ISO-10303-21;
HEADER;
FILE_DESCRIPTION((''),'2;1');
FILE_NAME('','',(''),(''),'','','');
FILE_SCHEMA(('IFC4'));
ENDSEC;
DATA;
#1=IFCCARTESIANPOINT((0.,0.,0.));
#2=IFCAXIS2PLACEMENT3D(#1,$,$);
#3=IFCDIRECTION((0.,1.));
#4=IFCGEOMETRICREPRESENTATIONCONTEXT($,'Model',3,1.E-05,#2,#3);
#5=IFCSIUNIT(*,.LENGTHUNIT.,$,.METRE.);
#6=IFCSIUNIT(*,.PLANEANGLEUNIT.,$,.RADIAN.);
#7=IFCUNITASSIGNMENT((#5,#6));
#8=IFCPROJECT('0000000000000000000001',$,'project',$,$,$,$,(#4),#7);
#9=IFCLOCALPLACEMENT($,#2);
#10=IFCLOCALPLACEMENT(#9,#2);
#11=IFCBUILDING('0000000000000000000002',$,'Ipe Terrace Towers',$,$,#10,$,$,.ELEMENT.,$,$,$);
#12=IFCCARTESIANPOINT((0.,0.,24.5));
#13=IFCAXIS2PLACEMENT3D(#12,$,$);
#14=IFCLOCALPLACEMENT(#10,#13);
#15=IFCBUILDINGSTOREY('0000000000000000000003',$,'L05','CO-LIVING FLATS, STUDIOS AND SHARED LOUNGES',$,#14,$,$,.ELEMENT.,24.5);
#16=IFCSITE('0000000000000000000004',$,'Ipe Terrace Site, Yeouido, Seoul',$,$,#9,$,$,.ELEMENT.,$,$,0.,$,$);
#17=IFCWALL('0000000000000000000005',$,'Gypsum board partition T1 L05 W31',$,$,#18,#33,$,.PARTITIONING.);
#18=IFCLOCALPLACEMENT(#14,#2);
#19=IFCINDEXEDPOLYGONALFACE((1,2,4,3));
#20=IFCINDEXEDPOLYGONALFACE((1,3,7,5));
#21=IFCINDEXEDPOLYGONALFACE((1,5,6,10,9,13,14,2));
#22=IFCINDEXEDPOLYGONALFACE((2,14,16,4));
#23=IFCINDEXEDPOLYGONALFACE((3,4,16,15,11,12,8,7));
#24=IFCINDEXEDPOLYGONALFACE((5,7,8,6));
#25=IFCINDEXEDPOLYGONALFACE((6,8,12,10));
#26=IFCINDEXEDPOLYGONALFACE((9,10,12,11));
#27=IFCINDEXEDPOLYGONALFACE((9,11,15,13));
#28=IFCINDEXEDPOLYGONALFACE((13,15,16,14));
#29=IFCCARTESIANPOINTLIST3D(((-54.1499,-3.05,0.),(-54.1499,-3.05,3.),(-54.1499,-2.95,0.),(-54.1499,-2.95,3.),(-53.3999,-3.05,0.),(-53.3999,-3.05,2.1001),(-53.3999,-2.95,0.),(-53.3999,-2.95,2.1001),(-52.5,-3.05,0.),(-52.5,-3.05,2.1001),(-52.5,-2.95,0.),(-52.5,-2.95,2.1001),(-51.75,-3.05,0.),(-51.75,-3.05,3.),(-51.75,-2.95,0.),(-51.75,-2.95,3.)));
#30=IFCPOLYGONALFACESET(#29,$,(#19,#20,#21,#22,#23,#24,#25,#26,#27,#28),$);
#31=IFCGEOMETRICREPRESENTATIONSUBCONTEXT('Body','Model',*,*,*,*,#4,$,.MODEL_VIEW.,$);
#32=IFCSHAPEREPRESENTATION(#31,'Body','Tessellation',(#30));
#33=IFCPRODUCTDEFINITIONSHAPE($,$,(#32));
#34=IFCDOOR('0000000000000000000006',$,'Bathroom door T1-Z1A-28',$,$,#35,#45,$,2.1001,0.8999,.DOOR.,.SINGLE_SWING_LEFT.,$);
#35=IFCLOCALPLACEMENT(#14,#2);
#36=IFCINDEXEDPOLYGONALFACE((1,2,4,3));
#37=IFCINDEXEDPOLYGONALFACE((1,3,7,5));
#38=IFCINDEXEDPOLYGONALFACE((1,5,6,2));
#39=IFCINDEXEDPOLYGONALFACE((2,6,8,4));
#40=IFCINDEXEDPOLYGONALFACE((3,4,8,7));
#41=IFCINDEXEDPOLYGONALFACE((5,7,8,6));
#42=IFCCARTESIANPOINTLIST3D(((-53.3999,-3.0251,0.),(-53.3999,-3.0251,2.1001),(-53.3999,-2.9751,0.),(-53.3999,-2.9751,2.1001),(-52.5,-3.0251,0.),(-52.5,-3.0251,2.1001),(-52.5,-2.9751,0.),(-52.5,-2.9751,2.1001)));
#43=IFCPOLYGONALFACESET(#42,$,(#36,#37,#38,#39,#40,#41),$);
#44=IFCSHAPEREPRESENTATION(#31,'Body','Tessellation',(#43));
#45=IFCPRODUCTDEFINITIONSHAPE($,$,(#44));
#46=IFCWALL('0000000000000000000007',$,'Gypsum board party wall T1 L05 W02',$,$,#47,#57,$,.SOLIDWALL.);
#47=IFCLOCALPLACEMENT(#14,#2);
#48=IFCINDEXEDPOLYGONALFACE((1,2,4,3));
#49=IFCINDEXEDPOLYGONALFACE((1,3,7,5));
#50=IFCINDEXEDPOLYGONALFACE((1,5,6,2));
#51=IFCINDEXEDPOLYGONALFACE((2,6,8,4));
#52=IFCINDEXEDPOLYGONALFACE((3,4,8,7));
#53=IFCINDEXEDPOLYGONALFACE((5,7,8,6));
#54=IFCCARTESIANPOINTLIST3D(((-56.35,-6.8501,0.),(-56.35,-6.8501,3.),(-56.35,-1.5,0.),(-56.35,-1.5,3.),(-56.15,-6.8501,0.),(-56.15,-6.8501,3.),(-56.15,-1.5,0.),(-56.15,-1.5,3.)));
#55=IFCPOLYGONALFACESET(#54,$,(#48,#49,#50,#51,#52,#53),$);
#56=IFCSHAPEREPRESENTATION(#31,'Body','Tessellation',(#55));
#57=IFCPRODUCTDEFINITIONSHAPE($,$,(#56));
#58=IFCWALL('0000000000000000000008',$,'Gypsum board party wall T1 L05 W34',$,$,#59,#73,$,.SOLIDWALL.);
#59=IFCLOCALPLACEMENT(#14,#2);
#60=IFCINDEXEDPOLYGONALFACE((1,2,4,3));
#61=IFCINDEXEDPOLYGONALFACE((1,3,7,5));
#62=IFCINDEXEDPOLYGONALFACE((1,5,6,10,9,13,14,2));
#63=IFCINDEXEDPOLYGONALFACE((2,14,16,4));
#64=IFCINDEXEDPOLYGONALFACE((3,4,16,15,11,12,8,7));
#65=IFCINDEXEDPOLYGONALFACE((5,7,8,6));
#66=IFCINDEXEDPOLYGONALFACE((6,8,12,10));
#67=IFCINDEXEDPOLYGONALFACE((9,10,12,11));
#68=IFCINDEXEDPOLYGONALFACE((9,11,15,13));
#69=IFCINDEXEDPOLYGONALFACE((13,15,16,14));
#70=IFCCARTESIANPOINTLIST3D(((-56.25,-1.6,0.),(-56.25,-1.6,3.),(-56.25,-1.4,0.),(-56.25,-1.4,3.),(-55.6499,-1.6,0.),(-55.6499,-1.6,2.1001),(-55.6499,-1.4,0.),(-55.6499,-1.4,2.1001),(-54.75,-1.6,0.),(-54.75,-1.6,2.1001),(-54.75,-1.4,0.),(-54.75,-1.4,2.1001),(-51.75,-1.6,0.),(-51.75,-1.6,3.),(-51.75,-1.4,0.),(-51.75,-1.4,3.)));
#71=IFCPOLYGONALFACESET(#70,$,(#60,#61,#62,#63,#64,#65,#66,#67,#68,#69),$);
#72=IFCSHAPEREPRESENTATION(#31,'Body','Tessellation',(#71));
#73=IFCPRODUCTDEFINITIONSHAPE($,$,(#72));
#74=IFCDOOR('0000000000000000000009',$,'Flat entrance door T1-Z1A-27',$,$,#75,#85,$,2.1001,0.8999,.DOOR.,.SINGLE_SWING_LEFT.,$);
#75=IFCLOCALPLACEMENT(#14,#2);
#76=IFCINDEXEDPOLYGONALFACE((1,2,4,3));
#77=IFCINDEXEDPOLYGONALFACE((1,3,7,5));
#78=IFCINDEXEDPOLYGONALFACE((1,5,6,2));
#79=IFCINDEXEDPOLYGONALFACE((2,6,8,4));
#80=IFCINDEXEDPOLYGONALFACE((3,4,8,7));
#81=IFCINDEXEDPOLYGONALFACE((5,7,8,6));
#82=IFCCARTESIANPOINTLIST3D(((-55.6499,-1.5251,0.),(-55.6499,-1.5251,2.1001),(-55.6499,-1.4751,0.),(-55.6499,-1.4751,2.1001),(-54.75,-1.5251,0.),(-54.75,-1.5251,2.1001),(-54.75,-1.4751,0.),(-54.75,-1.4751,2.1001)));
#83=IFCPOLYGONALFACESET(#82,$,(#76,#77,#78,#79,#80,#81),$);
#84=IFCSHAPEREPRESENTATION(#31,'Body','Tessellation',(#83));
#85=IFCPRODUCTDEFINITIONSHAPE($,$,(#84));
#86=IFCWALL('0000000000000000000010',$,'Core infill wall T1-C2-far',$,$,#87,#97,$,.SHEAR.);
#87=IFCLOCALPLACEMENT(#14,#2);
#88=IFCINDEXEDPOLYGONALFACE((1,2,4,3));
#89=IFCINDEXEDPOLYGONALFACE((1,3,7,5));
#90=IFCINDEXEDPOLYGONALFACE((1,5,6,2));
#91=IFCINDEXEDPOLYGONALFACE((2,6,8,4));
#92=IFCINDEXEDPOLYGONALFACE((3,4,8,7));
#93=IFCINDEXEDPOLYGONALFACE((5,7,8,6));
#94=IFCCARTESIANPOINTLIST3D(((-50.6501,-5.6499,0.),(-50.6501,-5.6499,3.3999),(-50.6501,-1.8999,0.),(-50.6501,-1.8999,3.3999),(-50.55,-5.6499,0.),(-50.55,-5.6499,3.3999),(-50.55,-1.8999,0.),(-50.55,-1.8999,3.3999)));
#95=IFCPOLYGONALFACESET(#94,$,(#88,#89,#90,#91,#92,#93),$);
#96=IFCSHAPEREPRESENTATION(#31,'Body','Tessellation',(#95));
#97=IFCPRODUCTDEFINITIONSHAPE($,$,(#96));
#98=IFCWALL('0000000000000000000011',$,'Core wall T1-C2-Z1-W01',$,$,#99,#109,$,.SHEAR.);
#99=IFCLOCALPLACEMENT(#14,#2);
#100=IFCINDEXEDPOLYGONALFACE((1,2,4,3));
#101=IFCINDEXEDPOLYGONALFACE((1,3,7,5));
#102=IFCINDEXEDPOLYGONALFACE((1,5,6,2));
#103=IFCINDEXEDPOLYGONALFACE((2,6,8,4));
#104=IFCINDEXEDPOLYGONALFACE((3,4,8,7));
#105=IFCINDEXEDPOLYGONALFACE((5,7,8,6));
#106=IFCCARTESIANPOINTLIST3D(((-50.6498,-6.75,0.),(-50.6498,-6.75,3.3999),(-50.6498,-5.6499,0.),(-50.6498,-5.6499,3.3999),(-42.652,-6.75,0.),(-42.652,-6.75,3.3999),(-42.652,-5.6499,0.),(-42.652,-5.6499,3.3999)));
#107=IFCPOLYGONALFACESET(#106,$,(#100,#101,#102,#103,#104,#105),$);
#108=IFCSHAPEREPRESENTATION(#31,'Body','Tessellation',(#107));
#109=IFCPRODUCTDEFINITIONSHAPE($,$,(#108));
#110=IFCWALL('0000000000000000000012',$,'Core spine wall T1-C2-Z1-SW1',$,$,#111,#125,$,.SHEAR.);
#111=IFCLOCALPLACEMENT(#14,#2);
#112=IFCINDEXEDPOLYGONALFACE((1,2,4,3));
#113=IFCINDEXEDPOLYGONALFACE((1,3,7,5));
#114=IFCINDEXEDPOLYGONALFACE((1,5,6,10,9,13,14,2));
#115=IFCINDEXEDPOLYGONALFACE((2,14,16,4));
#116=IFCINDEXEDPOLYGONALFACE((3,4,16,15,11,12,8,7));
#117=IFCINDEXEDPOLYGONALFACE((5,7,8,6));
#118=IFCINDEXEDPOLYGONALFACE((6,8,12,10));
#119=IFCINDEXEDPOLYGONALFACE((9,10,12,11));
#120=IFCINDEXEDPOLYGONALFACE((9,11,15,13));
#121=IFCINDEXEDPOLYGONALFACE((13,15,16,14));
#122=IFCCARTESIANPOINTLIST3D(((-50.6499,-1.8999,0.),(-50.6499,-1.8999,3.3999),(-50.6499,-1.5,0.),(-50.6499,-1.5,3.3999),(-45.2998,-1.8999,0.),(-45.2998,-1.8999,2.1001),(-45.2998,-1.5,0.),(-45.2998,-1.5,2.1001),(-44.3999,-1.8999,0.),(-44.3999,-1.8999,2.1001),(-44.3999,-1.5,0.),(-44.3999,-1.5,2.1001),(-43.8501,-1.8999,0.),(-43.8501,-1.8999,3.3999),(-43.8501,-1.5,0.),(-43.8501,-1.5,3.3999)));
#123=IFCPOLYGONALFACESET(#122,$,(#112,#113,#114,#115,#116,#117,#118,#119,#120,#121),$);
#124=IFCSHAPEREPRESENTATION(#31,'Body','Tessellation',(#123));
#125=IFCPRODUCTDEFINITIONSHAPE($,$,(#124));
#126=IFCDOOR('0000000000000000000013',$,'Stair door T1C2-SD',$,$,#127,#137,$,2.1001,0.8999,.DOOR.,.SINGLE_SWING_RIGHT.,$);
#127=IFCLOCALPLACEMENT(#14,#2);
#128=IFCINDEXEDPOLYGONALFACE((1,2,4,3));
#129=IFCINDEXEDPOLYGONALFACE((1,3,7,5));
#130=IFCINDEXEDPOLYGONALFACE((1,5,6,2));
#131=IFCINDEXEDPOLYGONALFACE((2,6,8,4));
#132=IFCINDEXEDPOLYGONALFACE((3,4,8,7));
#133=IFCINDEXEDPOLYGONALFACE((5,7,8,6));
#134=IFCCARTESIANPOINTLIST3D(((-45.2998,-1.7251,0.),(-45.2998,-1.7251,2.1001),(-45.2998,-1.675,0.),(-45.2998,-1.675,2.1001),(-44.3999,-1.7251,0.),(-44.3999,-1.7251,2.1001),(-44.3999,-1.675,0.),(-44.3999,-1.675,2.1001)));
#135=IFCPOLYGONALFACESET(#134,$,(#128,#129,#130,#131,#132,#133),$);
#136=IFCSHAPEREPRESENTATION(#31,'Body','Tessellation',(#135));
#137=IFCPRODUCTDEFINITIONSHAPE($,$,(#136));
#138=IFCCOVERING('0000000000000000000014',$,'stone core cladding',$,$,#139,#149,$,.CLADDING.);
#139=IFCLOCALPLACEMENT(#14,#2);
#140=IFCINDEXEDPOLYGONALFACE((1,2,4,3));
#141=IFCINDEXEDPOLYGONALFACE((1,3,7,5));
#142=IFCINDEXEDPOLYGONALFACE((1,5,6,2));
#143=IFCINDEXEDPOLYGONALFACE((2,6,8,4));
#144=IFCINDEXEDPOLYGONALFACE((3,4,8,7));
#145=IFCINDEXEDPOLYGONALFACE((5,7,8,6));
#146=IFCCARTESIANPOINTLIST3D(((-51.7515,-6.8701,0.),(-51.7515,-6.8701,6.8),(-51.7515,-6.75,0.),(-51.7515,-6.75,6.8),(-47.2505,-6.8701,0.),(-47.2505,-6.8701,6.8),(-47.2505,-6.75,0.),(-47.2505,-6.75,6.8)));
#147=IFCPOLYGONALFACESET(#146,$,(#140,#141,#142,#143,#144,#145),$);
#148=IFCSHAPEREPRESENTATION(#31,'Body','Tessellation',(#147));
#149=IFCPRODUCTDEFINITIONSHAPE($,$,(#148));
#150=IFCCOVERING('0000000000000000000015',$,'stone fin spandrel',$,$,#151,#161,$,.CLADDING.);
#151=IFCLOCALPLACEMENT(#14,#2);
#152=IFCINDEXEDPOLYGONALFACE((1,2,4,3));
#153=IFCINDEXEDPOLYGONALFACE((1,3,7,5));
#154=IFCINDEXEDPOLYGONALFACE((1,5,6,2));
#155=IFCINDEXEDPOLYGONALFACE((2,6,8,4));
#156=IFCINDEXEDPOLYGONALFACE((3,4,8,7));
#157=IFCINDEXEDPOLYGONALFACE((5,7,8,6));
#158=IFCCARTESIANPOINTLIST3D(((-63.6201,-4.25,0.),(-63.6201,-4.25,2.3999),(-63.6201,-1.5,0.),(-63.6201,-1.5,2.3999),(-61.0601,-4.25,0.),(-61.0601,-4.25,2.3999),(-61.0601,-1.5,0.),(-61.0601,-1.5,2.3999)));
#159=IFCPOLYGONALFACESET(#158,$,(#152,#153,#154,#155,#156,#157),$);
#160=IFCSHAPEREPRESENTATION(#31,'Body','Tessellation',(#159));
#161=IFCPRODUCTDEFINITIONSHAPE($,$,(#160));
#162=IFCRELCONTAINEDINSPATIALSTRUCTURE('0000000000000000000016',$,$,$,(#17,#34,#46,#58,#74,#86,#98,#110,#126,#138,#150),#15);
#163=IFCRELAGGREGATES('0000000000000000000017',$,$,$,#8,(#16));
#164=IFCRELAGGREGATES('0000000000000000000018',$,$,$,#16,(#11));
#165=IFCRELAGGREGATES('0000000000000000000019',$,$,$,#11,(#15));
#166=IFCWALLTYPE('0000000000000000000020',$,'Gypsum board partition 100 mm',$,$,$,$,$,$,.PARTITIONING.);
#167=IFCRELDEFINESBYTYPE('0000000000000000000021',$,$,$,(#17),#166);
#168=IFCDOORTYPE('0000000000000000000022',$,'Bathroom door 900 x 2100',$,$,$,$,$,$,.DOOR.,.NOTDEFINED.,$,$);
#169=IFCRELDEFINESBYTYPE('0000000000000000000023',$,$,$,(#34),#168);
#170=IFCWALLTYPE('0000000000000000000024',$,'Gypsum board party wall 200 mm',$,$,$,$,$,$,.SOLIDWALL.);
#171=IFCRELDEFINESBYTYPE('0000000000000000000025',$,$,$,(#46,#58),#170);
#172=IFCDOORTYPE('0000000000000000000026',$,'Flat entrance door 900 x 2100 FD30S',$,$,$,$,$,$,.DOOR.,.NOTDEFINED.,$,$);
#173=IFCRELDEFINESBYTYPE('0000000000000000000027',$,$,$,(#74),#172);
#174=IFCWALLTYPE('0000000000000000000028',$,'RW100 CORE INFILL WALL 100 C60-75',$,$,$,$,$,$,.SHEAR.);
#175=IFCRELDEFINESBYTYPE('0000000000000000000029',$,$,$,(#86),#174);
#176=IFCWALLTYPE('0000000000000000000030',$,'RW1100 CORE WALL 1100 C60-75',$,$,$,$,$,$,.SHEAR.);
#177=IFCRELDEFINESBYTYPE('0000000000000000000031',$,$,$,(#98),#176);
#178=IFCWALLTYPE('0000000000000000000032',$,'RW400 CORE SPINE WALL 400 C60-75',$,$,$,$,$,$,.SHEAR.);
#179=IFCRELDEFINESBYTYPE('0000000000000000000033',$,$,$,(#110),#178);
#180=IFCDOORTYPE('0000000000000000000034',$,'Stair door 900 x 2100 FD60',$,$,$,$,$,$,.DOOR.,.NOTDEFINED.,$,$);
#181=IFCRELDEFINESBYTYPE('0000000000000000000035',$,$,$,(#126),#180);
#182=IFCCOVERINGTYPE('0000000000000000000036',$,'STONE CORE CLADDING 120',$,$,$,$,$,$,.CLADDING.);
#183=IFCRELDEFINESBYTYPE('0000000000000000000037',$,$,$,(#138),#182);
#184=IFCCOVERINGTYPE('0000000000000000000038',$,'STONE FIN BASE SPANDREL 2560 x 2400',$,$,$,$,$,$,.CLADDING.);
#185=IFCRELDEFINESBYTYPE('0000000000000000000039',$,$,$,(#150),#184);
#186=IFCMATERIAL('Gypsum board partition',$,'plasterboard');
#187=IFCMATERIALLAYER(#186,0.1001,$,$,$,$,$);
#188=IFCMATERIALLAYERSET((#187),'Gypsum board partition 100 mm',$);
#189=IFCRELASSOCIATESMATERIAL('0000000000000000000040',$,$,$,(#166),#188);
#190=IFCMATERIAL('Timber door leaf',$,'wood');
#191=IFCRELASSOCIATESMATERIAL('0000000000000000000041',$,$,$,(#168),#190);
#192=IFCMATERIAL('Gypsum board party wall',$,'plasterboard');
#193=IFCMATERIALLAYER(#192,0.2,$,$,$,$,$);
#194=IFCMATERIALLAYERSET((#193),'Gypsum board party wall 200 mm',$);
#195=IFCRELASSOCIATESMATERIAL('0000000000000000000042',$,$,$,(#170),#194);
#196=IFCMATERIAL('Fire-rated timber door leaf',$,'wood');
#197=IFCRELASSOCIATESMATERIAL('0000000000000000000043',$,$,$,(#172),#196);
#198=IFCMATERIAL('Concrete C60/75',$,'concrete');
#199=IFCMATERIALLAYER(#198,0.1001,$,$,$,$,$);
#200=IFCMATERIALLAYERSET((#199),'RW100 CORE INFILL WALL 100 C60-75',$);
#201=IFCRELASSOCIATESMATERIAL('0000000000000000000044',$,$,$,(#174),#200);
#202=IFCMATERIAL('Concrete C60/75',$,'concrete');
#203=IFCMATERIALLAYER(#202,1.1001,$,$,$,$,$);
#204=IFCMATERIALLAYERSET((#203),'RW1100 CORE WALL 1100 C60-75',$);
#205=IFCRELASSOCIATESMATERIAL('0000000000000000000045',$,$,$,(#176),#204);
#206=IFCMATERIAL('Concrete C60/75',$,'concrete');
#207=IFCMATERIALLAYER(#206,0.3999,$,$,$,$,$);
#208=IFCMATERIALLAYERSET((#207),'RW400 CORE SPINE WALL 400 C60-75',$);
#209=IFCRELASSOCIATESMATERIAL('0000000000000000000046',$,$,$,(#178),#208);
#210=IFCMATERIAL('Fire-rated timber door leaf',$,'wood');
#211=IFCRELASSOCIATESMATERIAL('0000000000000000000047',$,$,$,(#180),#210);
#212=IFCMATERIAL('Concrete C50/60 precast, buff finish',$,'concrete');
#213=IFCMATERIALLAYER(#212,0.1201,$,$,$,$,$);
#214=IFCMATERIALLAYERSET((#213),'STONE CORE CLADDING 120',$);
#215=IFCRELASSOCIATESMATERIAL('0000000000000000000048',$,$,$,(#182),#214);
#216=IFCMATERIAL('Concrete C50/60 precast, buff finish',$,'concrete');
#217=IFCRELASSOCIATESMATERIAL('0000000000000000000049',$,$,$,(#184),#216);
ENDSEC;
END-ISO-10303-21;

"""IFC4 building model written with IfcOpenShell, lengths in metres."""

from ifc_helpers import new_model, si_unit, direction, frame, frame_2d, origin, origin_2d, place, context, subcontext, project, spatial, rectangle, extrude, material, layer, layer_set, material_profile, profile_set, type_object, element, fill, save


model = new_model("IFC4")

# Units and contexts
model_context = context("Model", 3, precision=1e-05, world=origin(), true_north=direction((0.0, 1.0)))
body_context = subcontext(model_context, "Body", "Model", "MODEL_VIEW")
ifc_project = project(units=[si_unit("LENGTHUNIT", "METRE"), si_unit("PLANEANGLEUNIT", "RADIAN")], contexts=[model_context])

# Site, building, storey
site_placement = place(None, origin())
site = spatial("IfcSite", under=ifc_project, at=site_placement, Name="Ipe Terrace Site, Yeouido, Seoul", CompositionType="ELEMENT", RefElevation=0.0)
building_placement = place(site_placement, origin())
building = spatial("IfcBuilding", under=site, at=building_placement, Name="Ipe Terrace Towers", CompositionType="ELEMENT")
storey_placement = place(building_placement, frame((0.0, 0.0, 24.5)))
storey = spatial("IfcBuildingStorey", under=building, at=storey_placement, Name="L05", Description="CO-LIVING FLATS, STUDIOS AND SHARED LOUNGES", CompositionType="ELEMENT", Elevation=24.5)

# Shared definitions
ifc_material_1 = material(Name="Gypsum board partition", Category="plasterboard")
ifc_layer_1 = layer(ifc_material_1, 0.1001)
ifc_layer_set_1 = layer_set([ifc_layer_1], Name="Gypsum board partition 100 mm")
wall_type_1 = type_object("IfcWallType", Name="Gypsum board partition 100 mm", PredefinedType="PARTITIONING", material=ifc_layer_set_1)

# Wall, opening, door
wall_1_placement = place(storey_placement, frame((-54.1499, -3.0, 0.0), z_axis=(0.0, 0.0, 1.0), x_axis=(1.0, 0.0, 0.0)))
wall_1 = element("IfcWall", 1, at=wall_1_placement, inside=storey, type_object=wall_type_1, Name="Gypsum board partition T1 L05 W31", PredefinedType="PARTITIONING", context=body_context, shape_type="SweptSolid", body=[
    extrude(rectangle(XDim=2.3999, YDim=0.1001, at=frame_2d((1.2, 0.0))), origin(), (0.0, 0.0, 1.0), 3.0),
])
opening_1_placement = place(wall_1_placement, frame((0.75, 0.0, 0.0)))
opening_1 = element("IfcOpeningElement", 2, at=opening_1_placement, cuts=wall_1, PredefinedType="OPENING", context=body_context, shape_type="SweptSolid", body=[
    extrude(rectangle(XDim=0.8999, YDim=2.1001, at=frame_2d((0.45, 1.05))), frame((0.0, 0.0601, 0.0), z_axis=(0.0, -1.0, 0.0), x_axis=(1.0, 0.0, 0.0)), (0.0, 0.0, 1.0), 0.1201),
])
ifc_material_2 = material(Name="Timber door leaf", Category="wood")
door_type_1 = type_object("IfcDoorType", Name="Bathroom door 900 x 2100", OperationType="NOTDEFINED", PredefinedType="DOOR", material=ifc_material_2)
door_1_placement = place(opening_1_placement, origin())
door_1 = element("IfcDoor", 3, at=door_1_placement, inside=storey, type_object=door_type_1, Name="Bathroom door T1-Z1A-28", OperationType="SINGLE_SWING_LEFT", OverallHeight=2.1001, OverallWidth=0.8999, PredefinedType="DOOR", context=body_context, shape_type="SweptSolid", body=[
    extrude(rectangle(XDim=0.8999, YDim=2.1001, at=frame_2d((0.45, 1.05))), frame((0.0, 0.0249, 0.0), z_axis=(0.0, -1.0, 0.0), x_axis=(1.0, 0.0, 0.0)), (0.0, 0.0, 1.0), 0.05),
])
fill(opening_1, door_1)

# Wall
ifc_material_3 = material(Name="Gypsum board party wall", Category="plasterboard")
ifc_layer_2 = layer(ifc_material_3, 0.2)
ifc_layer_set_2 = layer_set([ifc_layer_2], Name="Gypsum board party wall 200 mm")
wall_type_2 = type_object("IfcWallType", Name="Gypsum board party wall 200 mm", PredefinedType="SOLIDWALL", material=ifc_layer_set_2)
wall_2_placement = place(storey_placement, frame((-56.25, -6.8501, 0.0), z_axis=(0.0, 0.0, 1.0), x_axis=(0.0, 1.0, 0.0)))
element("IfcWall", 4, at=wall_2_placement, inside=storey, type_object=wall_type_2, Name="Gypsum board party wall T1 L05 W02", PredefinedType="SOLIDWALL", context=body_context, shape_type="SweptSolid", body=[
    extrude(rectangle(XDim=5.3501, YDim=0.2, at=frame_2d((2.675, 0.0))), origin(), (0.0, 0.0, 1.0), 3.0),
])

# Wall, opening, door
wall_3_placement = place(storey_placement, frame((-56.25, -1.5, 0.0), z_axis=(0.0, 0.0, 1.0), x_axis=(1.0, 0.0, 0.0)))
wall_3 = element("IfcWall", 5, at=wall_3_placement, inside=storey, type_object=wall_type_2, Name="Gypsum board party wall T1 L05 W34", PredefinedType="SOLIDWALL", context=body_context, shape_type="SweptSolid", body=[
    extrude(rectangle(XDim=4.5, YDim=0.2, at=frame_2d((2.25, 0.0))), origin(), (0.0, 0.0, 1.0), 3.0),
])
opening_2_placement = place(wall_3_placement, frame((0.6001, 0.0, 0.0)))
opening_2 = element("IfcOpeningElement", 6, at=opening_2_placement, cuts=wall_3, PredefinedType="OPENING", context=body_context, shape_type="SweptSolid", body=[
    extrude(rectangle(XDim=0.8999, YDim=2.1001, at=frame_2d((0.45, 1.05))), frame((0.0, 0.1099, 0.0), z_axis=(0.0, -1.0, 0.0), x_axis=(1.0, 0.0, 0.0)), (0.0, 0.0, 1.0), 0.22),
])
ifc_material_4 = material(Name="Fire-rated timber door leaf", Category="wood")
door_type_2 = type_object("IfcDoorType", Name="Flat entrance door 900 x 2100 FD30S", OperationType="NOTDEFINED", PredefinedType="DOOR", material=ifc_material_4)
door_2_placement = place(opening_2_placement, origin())
door_2 = element("IfcDoor", 7, at=door_2_placement, inside=storey, type_object=door_type_2, Name="Flat entrance door T1-Z1A-27", OperationType="SINGLE_SWING_LEFT", OverallHeight=2.1001, OverallWidth=0.8999, PredefinedType="DOOR", context=body_context, shape_type="SweptSolid", body=[
    extrude(rectangle(XDim=0.8999, YDim=2.1001, at=frame_2d((0.45, 1.05))), frame((0.0, 0.0249, 0.0), z_axis=(0.0, -1.0, 0.0), x_axis=(1.0, 0.0, 0.0)), (0.0, 0.0, 1.0), 0.05),
])
fill(opening_2, door_2)

# Walls
ifc_material_5 = material(Name="Concrete C60/75", Category="concrete")
ifc_layer_3 = layer(ifc_material_5, 0.1001)
ifc_layer_set_3 = layer_set([ifc_layer_3], Name="RW100 CORE INFILL WALL 100 C60-75")
wall_type_3 = type_object("IfcWallType", Name="RW100 CORE INFILL WALL 100 C60-75", PredefinedType="SHEAR", material=ifc_layer_set_3)
wall_4_placement = place(storey_placement, frame((-50.6001, -1.8999, 0.0), z_axis=(0.0, 0.0, 1.0), x_axis=(0.0, -1.0, 0.0)))
element("IfcWall", 8, at=wall_4_placement, inside=storey, type_object=wall_type_3, Name="Core infill wall T1-C2-far", PredefinedType="SHEAR", context=body_context, shape_type="SweptSolid", body=[
    extrude(rectangle(XDim=3.75, YDim=0.1001, at=frame_2d((1.875, 0.0))), origin(), (0.0, 0.0, 1.0), 3.3999),
])
ifc_material_6 = material(Name="Concrete C60/75", Category="concrete")
ifc_layer_4 = layer(ifc_material_6, 1.1001)
ifc_layer_set_4 = layer_set([ifc_layer_4], Name="RW1100 CORE WALL 1100 C60-75")
wall_type_4 = type_object("IfcWallType", Name="RW1100 CORE WALL 1100 C60-75", PredefinedType="SHEAR", material=ifc_layer_set_4)
wall_5_placement = place(storey_placement, frame((-50.6499, -6.2, 0.0), z_axis=(0.0, 0.0, 1.0), x_axis=(1.0, 0.0, 0.0)))
element("IfcWall", 9, at=wall_5_placement, inside=storey, type_object=wall_type_4, Name="Core wall T1-C2-Z1-W01", PredefinedType="SHEAR", context=body_context, shape_type="SweptSolid", body=[
    extrude(rectangle(XDim=7.9978, YDim=1.1001, at=frame_2d((3.999, 0.0))), origin(), (0.0, 0.0, 1.0), 3.3999),
])

# Wall, opening, door
ifc_material_7 = material(Name="Concrete C60/75", Category="concrete")
ifc_layer_5 = layer(ifc_material_7, 0.3999)
ifc_layer_set_5 = layer_set([ifc_layer_5], Name="RW400 CORE SPINE WALL 400 C60-75")
wall_type_5 = type_object("IfcWallType", Name="RW400 CORE SPINE WALL 400 C60-75", PredefinedType="SHEAR", material=ifc_layer_set_5)
wall_6_placement = place(storey_placement, frame((-50.6499, -1.7, 0.0), z_axis=(0.0, 0.0, 1.0), x_axis=(1.0, 0.0, 0.0)))
wall_6 = element("IfcWall", 10, at=wall_6_placement, inside=storey, type_object=wall_type_5, Name="Core spine wall T1-C2-Z1-SW1", PredefinedType="SHEAR", context=body_context, shape_type="SweptSolid", body=[
    extrude(rectangle(XDim=6.7998, YDim=0.3999, at=frame_2d((3.3999, 0.0))), origin(), (0.0, 0.0, 1.0), 3.3999),
])
opening_3_placement = place(wall_6_placement, frame((5.3501, 0.0, 0.0)))
opening_3 = element("IfcOpeningElement", 11, at=opening_3_placement, cuts=wall_6, PredefinedType="OPENING", context=body_context, shape_type="SweptSolid", body=[
    extrude(rectangle(XDim=0.8999, YDim=2.1001, at=frame_2d((0.45, 1.05))), frame((0.0, 0.21, 0.0), z_axis=(0.0, -1.0, 0.0), x_axis=(1.0, 0.0, 0.0)), (0.0, 0.0, 1.0), 0.4199),
])
ifc_material_8 = material(Name="Fire-rated timber door leaf", Category="wood")
door_type_3 = type_object("IfcDoorType", Name="Stair door 900 x 2100 FD60", OperationType="NOTDEFINED", PredefinedType="DOOR", material=ifc_material_8)
door_3_placement = place(opening_3_placement, origin())
door_3 = element("IfcDoor", 12, at=door_3_placement, inside=storey, type_object=door_type_3, Name="Stair door T1C2-SD", OperationType="SINGLE_SWING_RIGHT", OverallHeight=2.1001, OverallWidth=0.8999, PredefinedType="DOOR", context=body_context, shape_type="SweptSolid", body=[
    extrude(rectangle(XDim=0.8999, YDim=2.1001, at=frame_2d((0.45, 1.05))), frame((0.0, 0.0249, 0.0), z_axis=(0.0, -1.0, 0.0), x_axis=(1.0, 0.0, 0.0)), (0.0, 0.0, 1.0), 0.05),
])
fill(opening_3, door_3)

# Coverings
ifc_material_9 = material(Name="Concrete C50/60 precast, buff finish", Category="concrete")
ifc_layer_6 = layer(ifc_material_9, 0.1201)
ifc_layer_set_6 = layer_set([ifc_layer_6], Name="STONE CORE CLADDING 120")
covering_type_1 = type_object("IfcCoveringType", Name="STONE CORE CLADDING 120", PredefinedType="CLADDING", material=ifc_layer_set_6)
covering_1_placement = place(storey_placement, frame((-49.501, -6.8101, 0.0), z_axis=(0.0, 0.0, 1.0), x_axis=(1.0, 0.0, 0.0)))
element("IfcCovering", 13, at=covering_1_placement, inside=storey, type_object=covering_type_1, Name="stone core cladding", PredefinedType="CLADDING", context=body_context, shape_type="SweptSolid", body=[
    extrude(rectangle(XDim=4.501, YDim=0.1201, at=origin_2d()), origin(), (0.0, 0.0, 1.0), 6.8),
])
ifc_material_10 = material(Name="Concrete C50/60 precast, buff finish", Category="concrete")
ifc_material_profile_1 = material_profile(ifc_material_10, rectangle(XDim=2.5601, YDim=2.3999, at=origin_2d()), Name="STONE FIN BASE SPANDREL 2560 x 2400")
ifc_profile_set_1 = profile_set([ifc_material_profile_1], Name="Concrete C50/60 precast, buff finish")
covering_type_2 = type_object("IfcCoveringType", Name="STONE FIN BASE SPANDREL 2560 x 2400", PredefinedType="CLADDING", material=ifc_profile_set_1)
covering_2_placement = place(storey_placement, frame((-62.3401, -1.5, 1.2), z_axis=(0.0, -1.0, 0.0), x_axis=(-1.0, 0.0, 0.0)))
element("IfcCovering", 14, at=covering_2_placement, inside=storey, type_object=covering_type_2, Name="stone fin spandrel", PredefinedType="CLADDING", context=body_context, shape_type="SweptSolid", body=[
    extrude(rectangle(XDim=2.5601, YDim=2.3999, at=origin_2d()), origin(), (0.0, 0.0, 1.0), 2.75),
])

save(model, "model.ifc")
